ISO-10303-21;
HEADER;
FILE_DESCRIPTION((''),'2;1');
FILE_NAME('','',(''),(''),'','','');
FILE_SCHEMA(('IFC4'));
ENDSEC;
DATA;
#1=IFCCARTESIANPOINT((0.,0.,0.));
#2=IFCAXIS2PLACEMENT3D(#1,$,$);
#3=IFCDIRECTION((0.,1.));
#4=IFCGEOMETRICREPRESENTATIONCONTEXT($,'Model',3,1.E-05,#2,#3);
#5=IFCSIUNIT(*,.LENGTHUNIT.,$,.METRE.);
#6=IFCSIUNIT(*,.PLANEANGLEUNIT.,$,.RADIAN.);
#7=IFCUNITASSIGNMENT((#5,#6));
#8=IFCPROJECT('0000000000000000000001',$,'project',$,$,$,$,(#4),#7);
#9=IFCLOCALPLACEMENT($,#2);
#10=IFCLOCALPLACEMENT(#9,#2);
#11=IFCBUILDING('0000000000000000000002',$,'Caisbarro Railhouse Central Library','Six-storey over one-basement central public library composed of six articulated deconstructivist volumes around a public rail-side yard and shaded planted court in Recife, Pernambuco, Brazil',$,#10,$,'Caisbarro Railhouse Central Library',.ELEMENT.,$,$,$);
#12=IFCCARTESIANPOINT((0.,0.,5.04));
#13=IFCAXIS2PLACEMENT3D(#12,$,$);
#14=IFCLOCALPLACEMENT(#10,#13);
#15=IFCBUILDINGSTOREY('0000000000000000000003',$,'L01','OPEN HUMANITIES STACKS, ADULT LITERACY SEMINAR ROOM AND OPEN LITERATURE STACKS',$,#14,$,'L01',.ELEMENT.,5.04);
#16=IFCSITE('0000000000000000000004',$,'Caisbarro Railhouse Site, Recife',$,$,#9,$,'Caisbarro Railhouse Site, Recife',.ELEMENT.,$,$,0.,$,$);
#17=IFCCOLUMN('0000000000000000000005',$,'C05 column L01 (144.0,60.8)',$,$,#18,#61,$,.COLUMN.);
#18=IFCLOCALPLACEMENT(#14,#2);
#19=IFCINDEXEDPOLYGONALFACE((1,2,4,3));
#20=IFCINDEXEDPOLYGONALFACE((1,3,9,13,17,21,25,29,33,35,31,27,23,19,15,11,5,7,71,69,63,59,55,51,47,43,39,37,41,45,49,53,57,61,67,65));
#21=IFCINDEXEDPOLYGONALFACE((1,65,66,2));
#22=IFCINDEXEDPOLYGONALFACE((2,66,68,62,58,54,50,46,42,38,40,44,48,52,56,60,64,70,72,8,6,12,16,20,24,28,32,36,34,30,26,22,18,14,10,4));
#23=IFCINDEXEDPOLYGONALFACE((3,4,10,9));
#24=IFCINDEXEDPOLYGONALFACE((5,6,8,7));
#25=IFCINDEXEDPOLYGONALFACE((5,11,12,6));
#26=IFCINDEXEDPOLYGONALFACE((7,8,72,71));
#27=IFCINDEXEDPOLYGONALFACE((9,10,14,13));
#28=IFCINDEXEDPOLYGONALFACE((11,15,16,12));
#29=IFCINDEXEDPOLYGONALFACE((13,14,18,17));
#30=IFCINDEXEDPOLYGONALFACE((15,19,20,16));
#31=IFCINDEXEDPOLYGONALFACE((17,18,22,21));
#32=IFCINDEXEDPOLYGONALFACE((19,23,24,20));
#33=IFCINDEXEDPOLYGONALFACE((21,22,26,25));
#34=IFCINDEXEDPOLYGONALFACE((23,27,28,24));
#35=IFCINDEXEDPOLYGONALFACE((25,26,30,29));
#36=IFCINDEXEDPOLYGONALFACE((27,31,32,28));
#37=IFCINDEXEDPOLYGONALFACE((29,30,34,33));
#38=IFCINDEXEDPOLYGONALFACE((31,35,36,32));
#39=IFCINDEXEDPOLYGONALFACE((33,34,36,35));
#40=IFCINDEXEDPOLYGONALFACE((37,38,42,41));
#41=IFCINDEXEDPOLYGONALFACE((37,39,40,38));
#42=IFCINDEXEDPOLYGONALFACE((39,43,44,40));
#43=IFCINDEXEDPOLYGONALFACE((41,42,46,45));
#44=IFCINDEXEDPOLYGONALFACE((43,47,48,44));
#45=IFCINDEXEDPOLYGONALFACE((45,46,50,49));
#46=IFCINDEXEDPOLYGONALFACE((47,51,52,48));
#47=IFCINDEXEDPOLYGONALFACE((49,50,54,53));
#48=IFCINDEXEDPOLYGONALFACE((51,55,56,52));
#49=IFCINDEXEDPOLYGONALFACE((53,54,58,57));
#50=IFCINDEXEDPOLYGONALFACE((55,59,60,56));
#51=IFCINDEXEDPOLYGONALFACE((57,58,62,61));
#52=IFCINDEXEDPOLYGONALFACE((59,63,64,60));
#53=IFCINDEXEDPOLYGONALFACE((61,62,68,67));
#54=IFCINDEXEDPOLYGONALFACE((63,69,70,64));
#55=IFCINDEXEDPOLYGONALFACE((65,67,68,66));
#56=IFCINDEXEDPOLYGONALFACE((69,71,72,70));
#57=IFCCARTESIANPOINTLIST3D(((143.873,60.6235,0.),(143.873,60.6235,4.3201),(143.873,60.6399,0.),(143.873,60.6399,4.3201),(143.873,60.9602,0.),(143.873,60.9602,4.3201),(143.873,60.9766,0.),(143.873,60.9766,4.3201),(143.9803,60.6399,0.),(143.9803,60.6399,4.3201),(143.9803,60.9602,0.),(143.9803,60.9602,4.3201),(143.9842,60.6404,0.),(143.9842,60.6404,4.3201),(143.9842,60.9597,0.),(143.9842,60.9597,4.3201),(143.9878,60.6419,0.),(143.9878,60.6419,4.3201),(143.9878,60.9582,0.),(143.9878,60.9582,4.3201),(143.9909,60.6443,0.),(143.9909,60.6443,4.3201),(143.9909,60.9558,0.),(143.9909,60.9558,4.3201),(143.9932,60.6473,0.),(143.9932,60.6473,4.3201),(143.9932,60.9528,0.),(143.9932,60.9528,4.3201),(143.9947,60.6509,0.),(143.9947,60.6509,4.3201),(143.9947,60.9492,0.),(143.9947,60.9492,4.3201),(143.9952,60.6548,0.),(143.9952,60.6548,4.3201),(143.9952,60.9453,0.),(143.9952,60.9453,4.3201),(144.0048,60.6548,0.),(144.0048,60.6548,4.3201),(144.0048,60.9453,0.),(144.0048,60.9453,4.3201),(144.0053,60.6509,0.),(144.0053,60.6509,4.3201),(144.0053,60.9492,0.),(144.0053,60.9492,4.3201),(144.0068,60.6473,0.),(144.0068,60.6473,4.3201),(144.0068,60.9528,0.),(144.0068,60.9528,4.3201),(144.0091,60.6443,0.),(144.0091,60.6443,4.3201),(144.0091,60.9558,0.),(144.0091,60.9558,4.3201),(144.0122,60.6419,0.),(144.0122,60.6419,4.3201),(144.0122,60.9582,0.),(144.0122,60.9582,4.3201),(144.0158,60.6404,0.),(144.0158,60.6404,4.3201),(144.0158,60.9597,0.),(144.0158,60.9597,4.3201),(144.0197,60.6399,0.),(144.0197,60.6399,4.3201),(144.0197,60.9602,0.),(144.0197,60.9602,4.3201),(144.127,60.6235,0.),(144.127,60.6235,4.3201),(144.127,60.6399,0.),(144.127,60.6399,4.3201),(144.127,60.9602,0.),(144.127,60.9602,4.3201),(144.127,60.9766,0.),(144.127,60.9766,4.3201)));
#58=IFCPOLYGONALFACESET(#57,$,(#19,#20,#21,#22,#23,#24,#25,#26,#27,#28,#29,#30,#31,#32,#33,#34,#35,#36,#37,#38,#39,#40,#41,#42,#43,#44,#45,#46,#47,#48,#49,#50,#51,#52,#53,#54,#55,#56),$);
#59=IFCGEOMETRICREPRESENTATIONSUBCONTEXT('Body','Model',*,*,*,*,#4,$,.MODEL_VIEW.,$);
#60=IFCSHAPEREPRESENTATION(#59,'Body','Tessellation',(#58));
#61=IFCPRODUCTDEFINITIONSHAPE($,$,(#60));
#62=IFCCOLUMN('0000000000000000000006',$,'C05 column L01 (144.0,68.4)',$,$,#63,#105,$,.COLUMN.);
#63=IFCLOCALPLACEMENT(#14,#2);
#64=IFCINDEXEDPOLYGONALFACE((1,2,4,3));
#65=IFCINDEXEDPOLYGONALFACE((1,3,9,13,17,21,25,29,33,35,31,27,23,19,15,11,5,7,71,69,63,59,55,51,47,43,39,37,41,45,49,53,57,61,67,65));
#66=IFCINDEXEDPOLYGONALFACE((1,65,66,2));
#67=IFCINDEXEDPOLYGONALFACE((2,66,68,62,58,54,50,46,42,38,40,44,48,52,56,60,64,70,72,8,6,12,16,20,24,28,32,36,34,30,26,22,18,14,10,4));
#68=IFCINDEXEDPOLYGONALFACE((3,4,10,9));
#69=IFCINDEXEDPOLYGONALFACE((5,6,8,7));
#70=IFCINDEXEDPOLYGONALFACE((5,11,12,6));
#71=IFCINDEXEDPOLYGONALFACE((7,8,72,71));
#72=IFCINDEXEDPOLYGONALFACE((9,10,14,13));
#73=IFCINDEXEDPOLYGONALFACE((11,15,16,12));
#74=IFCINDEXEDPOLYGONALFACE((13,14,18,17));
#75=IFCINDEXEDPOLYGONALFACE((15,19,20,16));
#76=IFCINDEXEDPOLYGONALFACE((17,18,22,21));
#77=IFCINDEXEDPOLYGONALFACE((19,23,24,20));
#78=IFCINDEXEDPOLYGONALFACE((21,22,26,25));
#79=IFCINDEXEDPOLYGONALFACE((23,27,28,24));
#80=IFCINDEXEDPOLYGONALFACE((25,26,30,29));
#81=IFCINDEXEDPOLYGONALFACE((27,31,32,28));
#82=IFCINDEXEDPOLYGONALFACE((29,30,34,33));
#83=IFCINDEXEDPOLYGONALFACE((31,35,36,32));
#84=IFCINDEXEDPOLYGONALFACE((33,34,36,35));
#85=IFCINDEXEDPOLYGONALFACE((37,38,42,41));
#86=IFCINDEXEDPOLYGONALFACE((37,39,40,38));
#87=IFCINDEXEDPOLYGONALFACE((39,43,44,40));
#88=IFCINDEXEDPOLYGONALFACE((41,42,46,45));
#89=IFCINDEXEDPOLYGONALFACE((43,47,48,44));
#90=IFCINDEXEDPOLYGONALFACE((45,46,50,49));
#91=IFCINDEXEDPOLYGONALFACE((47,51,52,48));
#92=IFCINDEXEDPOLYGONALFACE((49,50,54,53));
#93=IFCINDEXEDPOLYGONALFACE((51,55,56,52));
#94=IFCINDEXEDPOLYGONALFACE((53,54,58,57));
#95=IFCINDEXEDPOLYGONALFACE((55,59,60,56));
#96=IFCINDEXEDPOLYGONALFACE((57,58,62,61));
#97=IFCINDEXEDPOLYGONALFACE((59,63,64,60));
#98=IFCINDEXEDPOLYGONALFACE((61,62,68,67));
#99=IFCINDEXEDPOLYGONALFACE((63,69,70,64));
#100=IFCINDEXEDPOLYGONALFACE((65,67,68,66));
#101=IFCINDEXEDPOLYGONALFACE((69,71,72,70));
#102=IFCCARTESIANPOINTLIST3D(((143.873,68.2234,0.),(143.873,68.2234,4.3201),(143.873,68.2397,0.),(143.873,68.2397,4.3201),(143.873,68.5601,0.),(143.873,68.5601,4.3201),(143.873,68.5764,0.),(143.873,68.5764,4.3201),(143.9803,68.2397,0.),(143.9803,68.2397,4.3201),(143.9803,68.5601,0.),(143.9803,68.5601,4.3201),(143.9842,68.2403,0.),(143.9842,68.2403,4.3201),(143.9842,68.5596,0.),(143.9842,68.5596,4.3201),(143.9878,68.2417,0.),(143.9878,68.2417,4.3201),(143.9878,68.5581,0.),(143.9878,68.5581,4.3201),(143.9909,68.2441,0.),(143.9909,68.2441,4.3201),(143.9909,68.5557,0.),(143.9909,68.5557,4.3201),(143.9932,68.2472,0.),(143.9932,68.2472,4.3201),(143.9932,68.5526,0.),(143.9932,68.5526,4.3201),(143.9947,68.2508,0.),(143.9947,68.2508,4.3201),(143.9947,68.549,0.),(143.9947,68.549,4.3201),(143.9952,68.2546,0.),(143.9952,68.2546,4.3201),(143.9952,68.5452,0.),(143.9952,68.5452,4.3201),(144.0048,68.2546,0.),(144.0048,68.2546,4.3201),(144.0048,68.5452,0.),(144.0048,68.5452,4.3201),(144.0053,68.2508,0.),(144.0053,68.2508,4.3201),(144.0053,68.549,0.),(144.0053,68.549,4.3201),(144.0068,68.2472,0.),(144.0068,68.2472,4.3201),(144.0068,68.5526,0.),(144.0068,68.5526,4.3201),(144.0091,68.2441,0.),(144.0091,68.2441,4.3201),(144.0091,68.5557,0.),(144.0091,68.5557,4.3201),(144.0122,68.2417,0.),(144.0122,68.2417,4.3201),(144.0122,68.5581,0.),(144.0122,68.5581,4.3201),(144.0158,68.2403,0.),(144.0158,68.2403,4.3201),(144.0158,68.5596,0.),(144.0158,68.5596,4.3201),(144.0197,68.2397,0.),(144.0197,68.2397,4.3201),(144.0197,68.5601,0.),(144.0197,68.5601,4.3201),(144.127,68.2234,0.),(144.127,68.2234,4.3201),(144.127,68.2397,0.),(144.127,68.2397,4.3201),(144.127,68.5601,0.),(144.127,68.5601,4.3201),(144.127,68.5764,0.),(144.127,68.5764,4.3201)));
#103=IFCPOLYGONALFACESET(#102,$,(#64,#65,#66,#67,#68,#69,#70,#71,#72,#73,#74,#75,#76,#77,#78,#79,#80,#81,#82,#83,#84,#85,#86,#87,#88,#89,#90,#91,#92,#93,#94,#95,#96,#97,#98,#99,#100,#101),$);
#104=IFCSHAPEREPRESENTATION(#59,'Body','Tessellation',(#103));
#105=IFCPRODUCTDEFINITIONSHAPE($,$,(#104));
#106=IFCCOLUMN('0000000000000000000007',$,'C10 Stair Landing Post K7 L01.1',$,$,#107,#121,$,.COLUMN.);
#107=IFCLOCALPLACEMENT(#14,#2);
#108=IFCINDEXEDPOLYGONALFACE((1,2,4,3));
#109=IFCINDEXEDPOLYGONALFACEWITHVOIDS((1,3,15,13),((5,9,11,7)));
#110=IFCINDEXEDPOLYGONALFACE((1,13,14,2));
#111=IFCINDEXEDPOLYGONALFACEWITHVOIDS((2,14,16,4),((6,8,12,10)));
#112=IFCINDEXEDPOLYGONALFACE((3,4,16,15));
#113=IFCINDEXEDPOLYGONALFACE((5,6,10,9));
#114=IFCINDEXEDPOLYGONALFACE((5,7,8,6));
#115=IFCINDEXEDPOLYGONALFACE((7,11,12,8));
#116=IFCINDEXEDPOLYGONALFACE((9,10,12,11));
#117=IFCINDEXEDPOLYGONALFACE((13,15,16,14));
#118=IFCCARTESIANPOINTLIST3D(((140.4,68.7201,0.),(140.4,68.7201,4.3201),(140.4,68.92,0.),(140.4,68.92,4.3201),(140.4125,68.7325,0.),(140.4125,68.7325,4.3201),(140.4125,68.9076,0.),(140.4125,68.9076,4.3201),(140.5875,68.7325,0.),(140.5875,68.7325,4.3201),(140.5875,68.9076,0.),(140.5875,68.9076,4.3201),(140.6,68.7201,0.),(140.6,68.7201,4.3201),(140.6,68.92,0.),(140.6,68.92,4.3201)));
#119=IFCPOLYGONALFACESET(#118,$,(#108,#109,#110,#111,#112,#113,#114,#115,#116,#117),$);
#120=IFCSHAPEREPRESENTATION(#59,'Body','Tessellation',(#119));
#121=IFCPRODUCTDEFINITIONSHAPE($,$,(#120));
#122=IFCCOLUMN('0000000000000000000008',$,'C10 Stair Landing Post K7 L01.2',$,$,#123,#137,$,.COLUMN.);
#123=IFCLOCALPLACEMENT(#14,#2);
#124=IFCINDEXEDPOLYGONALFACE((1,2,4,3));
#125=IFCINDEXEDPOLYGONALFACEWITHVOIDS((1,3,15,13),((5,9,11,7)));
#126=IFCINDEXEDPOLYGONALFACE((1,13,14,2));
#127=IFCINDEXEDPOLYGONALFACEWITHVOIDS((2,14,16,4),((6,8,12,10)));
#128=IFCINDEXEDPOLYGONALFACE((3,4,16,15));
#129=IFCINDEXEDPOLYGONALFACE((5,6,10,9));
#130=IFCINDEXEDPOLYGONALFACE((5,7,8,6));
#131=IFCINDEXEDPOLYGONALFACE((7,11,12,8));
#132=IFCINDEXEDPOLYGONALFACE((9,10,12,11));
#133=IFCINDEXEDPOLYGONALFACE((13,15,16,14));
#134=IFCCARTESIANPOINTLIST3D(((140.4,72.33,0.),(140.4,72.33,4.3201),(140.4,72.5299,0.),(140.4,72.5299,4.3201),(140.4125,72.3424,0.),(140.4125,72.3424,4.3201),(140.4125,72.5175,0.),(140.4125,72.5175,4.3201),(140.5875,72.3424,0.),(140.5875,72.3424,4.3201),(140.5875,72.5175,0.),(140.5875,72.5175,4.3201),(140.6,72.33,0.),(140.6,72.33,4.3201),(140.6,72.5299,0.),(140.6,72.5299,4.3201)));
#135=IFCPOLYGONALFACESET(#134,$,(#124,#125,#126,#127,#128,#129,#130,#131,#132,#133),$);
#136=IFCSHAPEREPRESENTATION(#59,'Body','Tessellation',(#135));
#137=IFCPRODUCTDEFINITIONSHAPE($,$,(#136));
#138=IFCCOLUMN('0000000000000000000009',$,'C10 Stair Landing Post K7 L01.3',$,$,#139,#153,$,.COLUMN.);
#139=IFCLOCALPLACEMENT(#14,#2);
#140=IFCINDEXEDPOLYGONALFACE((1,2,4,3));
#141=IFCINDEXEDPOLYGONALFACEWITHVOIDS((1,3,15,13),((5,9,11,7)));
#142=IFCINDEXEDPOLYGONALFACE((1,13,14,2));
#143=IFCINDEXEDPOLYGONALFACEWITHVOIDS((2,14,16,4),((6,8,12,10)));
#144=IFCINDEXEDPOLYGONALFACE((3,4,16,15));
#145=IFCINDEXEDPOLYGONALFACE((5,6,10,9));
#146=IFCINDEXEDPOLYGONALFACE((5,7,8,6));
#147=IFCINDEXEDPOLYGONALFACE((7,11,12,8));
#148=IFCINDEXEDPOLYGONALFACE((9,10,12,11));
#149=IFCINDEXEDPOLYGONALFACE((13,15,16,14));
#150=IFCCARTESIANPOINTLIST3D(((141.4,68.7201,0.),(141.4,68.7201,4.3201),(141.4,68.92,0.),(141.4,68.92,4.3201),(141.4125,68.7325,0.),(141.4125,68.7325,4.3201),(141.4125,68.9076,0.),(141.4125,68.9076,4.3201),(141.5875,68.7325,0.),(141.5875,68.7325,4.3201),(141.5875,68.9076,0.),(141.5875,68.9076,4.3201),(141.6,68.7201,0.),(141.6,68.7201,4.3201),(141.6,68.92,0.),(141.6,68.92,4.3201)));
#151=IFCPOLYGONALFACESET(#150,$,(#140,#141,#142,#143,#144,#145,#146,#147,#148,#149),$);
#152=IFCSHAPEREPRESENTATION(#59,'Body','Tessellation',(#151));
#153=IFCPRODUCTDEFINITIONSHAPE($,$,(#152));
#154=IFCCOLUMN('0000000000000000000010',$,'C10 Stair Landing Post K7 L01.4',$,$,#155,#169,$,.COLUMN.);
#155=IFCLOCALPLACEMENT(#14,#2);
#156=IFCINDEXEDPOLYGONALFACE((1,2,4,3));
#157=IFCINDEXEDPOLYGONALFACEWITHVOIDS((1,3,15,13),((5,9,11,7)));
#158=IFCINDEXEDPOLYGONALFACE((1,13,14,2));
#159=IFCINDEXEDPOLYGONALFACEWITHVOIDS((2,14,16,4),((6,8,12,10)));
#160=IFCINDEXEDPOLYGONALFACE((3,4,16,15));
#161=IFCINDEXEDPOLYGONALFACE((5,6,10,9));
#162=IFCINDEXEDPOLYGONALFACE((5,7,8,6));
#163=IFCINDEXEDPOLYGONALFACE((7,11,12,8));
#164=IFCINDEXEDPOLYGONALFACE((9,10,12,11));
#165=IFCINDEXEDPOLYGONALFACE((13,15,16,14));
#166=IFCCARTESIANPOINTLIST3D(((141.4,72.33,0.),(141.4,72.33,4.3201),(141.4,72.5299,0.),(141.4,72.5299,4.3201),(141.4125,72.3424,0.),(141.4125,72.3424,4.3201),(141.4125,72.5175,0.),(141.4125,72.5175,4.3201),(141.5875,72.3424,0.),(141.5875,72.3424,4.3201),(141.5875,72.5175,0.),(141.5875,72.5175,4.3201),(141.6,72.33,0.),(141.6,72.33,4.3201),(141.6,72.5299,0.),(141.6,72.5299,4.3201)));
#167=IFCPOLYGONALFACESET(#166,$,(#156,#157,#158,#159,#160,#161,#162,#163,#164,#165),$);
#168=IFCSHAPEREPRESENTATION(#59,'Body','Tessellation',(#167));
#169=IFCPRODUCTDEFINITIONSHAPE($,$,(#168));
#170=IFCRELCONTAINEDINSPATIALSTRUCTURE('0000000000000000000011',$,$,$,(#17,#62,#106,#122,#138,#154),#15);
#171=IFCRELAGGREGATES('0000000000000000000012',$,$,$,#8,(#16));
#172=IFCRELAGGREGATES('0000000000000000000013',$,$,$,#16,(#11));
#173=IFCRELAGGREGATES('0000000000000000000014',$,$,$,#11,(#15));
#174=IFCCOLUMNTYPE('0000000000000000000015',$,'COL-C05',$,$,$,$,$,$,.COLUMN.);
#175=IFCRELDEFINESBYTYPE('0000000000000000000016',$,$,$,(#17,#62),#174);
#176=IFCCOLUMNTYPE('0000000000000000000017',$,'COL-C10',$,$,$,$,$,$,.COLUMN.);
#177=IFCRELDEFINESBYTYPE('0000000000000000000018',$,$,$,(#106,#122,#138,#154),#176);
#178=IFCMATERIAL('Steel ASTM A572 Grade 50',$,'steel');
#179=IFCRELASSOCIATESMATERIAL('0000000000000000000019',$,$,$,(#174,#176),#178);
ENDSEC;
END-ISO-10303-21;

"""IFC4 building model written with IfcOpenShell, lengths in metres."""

from ifc_helpers import new_model, si_unit, direction, frame, origin, origin_2d, place, context, subcontext, project, spatial, hollow_rectangle, i_section, extrude, material, material_profile, profile_set, type_object, element, save


model = new_model("IFC4")

# Units and contexts
model_context = context("Model", 3, precision=1e-05, world=origin(), true_north=direction((0.0, 1.0)))
body_context = subcontext(model_context, "Body", "Model", "MODEL_VIEW")
ifc_project = project(units=[si_unit("LENGTHUNIT", "METRE"), si_unit("PLANEANGLEUNIT", "RADIAN")], contexts=[model_context])

# Site, building, storey
site_placement = place(None, origin())
site = spatial("IfcSite", under=ifc_project, at=site_placement, Name="Caisbarro Railhouse Site, Recife", LongName="Caisbarro Railhouse Site, Recife", CompositionType="ELEMENT", RefElevation=0.0)
building_placement = place(site_placement, origin())
building = spatial("IfcBuilding", under=site, at=building_placement, Name="Caisbarro Railhouse Central Library", Description="Six-storey over one-basement central public library composed of six articulated deconstructivist volumes around a public rail-side yard and shaded planted court in Recife, Pernambuco, Brazil", LongName="Caisbarro Railhouse Central Library", CompositionType="ELEMENT")
storey_placement = place(building_placement, frame((0.0, 0.0, 5.04)))
storey = spatial("IfcBuildingStorey", under=building, at=storey_placement, Name="L01", Description="OPEN HUMANITIES STACKS, ADULT LITERACY SEMINAR ROOM AND OPEN LITERATURE STACKS", LongName="L01", CompositionType="ELEMENT", Elevation=5.04)

# Columns
ifc_material_1 = material(Name="Steel ASTM A572 Grade 50", Category="steel")
ifc_material_profile_1 = material_profile(ifc_material_1, i_section(OverallWidth=0.2539, OverallDepth=0.353, WebThickness=0.0095, FlangeThickness=0.0164, FilletRadius=0.0149, at=origin_2d()), Name="W360X91.0")
ifc_profile_set_1 = profile_set([ifc_material_profile_1], Name="Steel ASTM A572 Grade 50")
column_type_1 = type_object("IfcColumnType", Name="COL-C05", PredefinedType="COLUMN", material=ifc_profile_set_1)
for number, where, z_axis, x_axis, name in (
    (1, (144.0, 60.8, 0.0), (0.0, 0.0, 1.0), (1.0, 0.0, 0.0), "C05 column L01 (144.0,60.8)"),
    (2, (144.0, 68.3999, 0.0), (0.0, 0.0, 1.0), (1.0, 0.0, 0.0), "C05 column L01 (144.0,68.4)"),
):
    element("IfcColumn", number, at=place(storey_placement, frame(where, z_axis=z_axis, x_axis=x_axis)), inside=storey, type_object=column_type_1, Name=name, PredefinedType="COLUMN", context=body_context, shape_type="SweptSolid", body=[
        extrude(i_section(OverallWidth=0.2539, OverallDepth=0.353, WebThickness=0.0095, FlangeThickness=0.0164, FilletRadius=0.0149, at=origin_2d()), origin(), (0.0, 0.0, 1.0), 4.3201),
    ])
ifc_material_profile_2 = material_profile(ifc_material_1, hollow_rectangle(XDim=0.2, YDim=0.2, WallThickness=0.0125, at=origin_2d()), Name="HSS200X200X12.5")
ifc_profile_set_2 = profile_set([ifc_material_profile_2], Name="Steel ASTM A572 Grade 50")
column_type_2 = type_object("IfcColumnType", Name="COL-C10", PredefinedType="COLUMN", material=ifc_profile_set_2)
for number, where, z_axis, x_axis, name in (
    (3, (140.5, 68.8201, 0.0), (0.0, 0.0, 1.0), (1.0, 0.0, 0.0), "C10 Stair Landing Post K7 L01.1"),
    (4, (140.5, 72.4299, 0.0), (0.0, 0.0, 1.0), (1.0, 0.0, 0.0), "C10 Stair Landing Post K7 L01.2"),
    (5, (141.5, 68.8201, 0.0), (0.0, 0.0, 1.0), (1.0, 0.0, 0.0), "C10 Stair Landing Post K7 L01.3"),
    (6, (141.5, 72.4299, 0.0), (0.0, 0.0, 1.0), (1.0, 0.0, 0.0), "C10 Stair Landing Post K7 L01.4"),
):
    element("IfcColumn", number, at=place(storey_placement, frame(where, z_axis=z_axis, x_axis=x_axis)), inside=storey, type_object=column_type_2, Name=name, PredefinedType="COLUMN", context=body_context, shape_type="SweptSolid", body=[
        extrude(hollow_rectangle(XDim=0.2, YDim=0.2, WallThickness=0.0125, at=origin_2d()), origin(), (0.0, 0.0, 1.0), 4.3201),
    ])

save(model, "model.ifc")
